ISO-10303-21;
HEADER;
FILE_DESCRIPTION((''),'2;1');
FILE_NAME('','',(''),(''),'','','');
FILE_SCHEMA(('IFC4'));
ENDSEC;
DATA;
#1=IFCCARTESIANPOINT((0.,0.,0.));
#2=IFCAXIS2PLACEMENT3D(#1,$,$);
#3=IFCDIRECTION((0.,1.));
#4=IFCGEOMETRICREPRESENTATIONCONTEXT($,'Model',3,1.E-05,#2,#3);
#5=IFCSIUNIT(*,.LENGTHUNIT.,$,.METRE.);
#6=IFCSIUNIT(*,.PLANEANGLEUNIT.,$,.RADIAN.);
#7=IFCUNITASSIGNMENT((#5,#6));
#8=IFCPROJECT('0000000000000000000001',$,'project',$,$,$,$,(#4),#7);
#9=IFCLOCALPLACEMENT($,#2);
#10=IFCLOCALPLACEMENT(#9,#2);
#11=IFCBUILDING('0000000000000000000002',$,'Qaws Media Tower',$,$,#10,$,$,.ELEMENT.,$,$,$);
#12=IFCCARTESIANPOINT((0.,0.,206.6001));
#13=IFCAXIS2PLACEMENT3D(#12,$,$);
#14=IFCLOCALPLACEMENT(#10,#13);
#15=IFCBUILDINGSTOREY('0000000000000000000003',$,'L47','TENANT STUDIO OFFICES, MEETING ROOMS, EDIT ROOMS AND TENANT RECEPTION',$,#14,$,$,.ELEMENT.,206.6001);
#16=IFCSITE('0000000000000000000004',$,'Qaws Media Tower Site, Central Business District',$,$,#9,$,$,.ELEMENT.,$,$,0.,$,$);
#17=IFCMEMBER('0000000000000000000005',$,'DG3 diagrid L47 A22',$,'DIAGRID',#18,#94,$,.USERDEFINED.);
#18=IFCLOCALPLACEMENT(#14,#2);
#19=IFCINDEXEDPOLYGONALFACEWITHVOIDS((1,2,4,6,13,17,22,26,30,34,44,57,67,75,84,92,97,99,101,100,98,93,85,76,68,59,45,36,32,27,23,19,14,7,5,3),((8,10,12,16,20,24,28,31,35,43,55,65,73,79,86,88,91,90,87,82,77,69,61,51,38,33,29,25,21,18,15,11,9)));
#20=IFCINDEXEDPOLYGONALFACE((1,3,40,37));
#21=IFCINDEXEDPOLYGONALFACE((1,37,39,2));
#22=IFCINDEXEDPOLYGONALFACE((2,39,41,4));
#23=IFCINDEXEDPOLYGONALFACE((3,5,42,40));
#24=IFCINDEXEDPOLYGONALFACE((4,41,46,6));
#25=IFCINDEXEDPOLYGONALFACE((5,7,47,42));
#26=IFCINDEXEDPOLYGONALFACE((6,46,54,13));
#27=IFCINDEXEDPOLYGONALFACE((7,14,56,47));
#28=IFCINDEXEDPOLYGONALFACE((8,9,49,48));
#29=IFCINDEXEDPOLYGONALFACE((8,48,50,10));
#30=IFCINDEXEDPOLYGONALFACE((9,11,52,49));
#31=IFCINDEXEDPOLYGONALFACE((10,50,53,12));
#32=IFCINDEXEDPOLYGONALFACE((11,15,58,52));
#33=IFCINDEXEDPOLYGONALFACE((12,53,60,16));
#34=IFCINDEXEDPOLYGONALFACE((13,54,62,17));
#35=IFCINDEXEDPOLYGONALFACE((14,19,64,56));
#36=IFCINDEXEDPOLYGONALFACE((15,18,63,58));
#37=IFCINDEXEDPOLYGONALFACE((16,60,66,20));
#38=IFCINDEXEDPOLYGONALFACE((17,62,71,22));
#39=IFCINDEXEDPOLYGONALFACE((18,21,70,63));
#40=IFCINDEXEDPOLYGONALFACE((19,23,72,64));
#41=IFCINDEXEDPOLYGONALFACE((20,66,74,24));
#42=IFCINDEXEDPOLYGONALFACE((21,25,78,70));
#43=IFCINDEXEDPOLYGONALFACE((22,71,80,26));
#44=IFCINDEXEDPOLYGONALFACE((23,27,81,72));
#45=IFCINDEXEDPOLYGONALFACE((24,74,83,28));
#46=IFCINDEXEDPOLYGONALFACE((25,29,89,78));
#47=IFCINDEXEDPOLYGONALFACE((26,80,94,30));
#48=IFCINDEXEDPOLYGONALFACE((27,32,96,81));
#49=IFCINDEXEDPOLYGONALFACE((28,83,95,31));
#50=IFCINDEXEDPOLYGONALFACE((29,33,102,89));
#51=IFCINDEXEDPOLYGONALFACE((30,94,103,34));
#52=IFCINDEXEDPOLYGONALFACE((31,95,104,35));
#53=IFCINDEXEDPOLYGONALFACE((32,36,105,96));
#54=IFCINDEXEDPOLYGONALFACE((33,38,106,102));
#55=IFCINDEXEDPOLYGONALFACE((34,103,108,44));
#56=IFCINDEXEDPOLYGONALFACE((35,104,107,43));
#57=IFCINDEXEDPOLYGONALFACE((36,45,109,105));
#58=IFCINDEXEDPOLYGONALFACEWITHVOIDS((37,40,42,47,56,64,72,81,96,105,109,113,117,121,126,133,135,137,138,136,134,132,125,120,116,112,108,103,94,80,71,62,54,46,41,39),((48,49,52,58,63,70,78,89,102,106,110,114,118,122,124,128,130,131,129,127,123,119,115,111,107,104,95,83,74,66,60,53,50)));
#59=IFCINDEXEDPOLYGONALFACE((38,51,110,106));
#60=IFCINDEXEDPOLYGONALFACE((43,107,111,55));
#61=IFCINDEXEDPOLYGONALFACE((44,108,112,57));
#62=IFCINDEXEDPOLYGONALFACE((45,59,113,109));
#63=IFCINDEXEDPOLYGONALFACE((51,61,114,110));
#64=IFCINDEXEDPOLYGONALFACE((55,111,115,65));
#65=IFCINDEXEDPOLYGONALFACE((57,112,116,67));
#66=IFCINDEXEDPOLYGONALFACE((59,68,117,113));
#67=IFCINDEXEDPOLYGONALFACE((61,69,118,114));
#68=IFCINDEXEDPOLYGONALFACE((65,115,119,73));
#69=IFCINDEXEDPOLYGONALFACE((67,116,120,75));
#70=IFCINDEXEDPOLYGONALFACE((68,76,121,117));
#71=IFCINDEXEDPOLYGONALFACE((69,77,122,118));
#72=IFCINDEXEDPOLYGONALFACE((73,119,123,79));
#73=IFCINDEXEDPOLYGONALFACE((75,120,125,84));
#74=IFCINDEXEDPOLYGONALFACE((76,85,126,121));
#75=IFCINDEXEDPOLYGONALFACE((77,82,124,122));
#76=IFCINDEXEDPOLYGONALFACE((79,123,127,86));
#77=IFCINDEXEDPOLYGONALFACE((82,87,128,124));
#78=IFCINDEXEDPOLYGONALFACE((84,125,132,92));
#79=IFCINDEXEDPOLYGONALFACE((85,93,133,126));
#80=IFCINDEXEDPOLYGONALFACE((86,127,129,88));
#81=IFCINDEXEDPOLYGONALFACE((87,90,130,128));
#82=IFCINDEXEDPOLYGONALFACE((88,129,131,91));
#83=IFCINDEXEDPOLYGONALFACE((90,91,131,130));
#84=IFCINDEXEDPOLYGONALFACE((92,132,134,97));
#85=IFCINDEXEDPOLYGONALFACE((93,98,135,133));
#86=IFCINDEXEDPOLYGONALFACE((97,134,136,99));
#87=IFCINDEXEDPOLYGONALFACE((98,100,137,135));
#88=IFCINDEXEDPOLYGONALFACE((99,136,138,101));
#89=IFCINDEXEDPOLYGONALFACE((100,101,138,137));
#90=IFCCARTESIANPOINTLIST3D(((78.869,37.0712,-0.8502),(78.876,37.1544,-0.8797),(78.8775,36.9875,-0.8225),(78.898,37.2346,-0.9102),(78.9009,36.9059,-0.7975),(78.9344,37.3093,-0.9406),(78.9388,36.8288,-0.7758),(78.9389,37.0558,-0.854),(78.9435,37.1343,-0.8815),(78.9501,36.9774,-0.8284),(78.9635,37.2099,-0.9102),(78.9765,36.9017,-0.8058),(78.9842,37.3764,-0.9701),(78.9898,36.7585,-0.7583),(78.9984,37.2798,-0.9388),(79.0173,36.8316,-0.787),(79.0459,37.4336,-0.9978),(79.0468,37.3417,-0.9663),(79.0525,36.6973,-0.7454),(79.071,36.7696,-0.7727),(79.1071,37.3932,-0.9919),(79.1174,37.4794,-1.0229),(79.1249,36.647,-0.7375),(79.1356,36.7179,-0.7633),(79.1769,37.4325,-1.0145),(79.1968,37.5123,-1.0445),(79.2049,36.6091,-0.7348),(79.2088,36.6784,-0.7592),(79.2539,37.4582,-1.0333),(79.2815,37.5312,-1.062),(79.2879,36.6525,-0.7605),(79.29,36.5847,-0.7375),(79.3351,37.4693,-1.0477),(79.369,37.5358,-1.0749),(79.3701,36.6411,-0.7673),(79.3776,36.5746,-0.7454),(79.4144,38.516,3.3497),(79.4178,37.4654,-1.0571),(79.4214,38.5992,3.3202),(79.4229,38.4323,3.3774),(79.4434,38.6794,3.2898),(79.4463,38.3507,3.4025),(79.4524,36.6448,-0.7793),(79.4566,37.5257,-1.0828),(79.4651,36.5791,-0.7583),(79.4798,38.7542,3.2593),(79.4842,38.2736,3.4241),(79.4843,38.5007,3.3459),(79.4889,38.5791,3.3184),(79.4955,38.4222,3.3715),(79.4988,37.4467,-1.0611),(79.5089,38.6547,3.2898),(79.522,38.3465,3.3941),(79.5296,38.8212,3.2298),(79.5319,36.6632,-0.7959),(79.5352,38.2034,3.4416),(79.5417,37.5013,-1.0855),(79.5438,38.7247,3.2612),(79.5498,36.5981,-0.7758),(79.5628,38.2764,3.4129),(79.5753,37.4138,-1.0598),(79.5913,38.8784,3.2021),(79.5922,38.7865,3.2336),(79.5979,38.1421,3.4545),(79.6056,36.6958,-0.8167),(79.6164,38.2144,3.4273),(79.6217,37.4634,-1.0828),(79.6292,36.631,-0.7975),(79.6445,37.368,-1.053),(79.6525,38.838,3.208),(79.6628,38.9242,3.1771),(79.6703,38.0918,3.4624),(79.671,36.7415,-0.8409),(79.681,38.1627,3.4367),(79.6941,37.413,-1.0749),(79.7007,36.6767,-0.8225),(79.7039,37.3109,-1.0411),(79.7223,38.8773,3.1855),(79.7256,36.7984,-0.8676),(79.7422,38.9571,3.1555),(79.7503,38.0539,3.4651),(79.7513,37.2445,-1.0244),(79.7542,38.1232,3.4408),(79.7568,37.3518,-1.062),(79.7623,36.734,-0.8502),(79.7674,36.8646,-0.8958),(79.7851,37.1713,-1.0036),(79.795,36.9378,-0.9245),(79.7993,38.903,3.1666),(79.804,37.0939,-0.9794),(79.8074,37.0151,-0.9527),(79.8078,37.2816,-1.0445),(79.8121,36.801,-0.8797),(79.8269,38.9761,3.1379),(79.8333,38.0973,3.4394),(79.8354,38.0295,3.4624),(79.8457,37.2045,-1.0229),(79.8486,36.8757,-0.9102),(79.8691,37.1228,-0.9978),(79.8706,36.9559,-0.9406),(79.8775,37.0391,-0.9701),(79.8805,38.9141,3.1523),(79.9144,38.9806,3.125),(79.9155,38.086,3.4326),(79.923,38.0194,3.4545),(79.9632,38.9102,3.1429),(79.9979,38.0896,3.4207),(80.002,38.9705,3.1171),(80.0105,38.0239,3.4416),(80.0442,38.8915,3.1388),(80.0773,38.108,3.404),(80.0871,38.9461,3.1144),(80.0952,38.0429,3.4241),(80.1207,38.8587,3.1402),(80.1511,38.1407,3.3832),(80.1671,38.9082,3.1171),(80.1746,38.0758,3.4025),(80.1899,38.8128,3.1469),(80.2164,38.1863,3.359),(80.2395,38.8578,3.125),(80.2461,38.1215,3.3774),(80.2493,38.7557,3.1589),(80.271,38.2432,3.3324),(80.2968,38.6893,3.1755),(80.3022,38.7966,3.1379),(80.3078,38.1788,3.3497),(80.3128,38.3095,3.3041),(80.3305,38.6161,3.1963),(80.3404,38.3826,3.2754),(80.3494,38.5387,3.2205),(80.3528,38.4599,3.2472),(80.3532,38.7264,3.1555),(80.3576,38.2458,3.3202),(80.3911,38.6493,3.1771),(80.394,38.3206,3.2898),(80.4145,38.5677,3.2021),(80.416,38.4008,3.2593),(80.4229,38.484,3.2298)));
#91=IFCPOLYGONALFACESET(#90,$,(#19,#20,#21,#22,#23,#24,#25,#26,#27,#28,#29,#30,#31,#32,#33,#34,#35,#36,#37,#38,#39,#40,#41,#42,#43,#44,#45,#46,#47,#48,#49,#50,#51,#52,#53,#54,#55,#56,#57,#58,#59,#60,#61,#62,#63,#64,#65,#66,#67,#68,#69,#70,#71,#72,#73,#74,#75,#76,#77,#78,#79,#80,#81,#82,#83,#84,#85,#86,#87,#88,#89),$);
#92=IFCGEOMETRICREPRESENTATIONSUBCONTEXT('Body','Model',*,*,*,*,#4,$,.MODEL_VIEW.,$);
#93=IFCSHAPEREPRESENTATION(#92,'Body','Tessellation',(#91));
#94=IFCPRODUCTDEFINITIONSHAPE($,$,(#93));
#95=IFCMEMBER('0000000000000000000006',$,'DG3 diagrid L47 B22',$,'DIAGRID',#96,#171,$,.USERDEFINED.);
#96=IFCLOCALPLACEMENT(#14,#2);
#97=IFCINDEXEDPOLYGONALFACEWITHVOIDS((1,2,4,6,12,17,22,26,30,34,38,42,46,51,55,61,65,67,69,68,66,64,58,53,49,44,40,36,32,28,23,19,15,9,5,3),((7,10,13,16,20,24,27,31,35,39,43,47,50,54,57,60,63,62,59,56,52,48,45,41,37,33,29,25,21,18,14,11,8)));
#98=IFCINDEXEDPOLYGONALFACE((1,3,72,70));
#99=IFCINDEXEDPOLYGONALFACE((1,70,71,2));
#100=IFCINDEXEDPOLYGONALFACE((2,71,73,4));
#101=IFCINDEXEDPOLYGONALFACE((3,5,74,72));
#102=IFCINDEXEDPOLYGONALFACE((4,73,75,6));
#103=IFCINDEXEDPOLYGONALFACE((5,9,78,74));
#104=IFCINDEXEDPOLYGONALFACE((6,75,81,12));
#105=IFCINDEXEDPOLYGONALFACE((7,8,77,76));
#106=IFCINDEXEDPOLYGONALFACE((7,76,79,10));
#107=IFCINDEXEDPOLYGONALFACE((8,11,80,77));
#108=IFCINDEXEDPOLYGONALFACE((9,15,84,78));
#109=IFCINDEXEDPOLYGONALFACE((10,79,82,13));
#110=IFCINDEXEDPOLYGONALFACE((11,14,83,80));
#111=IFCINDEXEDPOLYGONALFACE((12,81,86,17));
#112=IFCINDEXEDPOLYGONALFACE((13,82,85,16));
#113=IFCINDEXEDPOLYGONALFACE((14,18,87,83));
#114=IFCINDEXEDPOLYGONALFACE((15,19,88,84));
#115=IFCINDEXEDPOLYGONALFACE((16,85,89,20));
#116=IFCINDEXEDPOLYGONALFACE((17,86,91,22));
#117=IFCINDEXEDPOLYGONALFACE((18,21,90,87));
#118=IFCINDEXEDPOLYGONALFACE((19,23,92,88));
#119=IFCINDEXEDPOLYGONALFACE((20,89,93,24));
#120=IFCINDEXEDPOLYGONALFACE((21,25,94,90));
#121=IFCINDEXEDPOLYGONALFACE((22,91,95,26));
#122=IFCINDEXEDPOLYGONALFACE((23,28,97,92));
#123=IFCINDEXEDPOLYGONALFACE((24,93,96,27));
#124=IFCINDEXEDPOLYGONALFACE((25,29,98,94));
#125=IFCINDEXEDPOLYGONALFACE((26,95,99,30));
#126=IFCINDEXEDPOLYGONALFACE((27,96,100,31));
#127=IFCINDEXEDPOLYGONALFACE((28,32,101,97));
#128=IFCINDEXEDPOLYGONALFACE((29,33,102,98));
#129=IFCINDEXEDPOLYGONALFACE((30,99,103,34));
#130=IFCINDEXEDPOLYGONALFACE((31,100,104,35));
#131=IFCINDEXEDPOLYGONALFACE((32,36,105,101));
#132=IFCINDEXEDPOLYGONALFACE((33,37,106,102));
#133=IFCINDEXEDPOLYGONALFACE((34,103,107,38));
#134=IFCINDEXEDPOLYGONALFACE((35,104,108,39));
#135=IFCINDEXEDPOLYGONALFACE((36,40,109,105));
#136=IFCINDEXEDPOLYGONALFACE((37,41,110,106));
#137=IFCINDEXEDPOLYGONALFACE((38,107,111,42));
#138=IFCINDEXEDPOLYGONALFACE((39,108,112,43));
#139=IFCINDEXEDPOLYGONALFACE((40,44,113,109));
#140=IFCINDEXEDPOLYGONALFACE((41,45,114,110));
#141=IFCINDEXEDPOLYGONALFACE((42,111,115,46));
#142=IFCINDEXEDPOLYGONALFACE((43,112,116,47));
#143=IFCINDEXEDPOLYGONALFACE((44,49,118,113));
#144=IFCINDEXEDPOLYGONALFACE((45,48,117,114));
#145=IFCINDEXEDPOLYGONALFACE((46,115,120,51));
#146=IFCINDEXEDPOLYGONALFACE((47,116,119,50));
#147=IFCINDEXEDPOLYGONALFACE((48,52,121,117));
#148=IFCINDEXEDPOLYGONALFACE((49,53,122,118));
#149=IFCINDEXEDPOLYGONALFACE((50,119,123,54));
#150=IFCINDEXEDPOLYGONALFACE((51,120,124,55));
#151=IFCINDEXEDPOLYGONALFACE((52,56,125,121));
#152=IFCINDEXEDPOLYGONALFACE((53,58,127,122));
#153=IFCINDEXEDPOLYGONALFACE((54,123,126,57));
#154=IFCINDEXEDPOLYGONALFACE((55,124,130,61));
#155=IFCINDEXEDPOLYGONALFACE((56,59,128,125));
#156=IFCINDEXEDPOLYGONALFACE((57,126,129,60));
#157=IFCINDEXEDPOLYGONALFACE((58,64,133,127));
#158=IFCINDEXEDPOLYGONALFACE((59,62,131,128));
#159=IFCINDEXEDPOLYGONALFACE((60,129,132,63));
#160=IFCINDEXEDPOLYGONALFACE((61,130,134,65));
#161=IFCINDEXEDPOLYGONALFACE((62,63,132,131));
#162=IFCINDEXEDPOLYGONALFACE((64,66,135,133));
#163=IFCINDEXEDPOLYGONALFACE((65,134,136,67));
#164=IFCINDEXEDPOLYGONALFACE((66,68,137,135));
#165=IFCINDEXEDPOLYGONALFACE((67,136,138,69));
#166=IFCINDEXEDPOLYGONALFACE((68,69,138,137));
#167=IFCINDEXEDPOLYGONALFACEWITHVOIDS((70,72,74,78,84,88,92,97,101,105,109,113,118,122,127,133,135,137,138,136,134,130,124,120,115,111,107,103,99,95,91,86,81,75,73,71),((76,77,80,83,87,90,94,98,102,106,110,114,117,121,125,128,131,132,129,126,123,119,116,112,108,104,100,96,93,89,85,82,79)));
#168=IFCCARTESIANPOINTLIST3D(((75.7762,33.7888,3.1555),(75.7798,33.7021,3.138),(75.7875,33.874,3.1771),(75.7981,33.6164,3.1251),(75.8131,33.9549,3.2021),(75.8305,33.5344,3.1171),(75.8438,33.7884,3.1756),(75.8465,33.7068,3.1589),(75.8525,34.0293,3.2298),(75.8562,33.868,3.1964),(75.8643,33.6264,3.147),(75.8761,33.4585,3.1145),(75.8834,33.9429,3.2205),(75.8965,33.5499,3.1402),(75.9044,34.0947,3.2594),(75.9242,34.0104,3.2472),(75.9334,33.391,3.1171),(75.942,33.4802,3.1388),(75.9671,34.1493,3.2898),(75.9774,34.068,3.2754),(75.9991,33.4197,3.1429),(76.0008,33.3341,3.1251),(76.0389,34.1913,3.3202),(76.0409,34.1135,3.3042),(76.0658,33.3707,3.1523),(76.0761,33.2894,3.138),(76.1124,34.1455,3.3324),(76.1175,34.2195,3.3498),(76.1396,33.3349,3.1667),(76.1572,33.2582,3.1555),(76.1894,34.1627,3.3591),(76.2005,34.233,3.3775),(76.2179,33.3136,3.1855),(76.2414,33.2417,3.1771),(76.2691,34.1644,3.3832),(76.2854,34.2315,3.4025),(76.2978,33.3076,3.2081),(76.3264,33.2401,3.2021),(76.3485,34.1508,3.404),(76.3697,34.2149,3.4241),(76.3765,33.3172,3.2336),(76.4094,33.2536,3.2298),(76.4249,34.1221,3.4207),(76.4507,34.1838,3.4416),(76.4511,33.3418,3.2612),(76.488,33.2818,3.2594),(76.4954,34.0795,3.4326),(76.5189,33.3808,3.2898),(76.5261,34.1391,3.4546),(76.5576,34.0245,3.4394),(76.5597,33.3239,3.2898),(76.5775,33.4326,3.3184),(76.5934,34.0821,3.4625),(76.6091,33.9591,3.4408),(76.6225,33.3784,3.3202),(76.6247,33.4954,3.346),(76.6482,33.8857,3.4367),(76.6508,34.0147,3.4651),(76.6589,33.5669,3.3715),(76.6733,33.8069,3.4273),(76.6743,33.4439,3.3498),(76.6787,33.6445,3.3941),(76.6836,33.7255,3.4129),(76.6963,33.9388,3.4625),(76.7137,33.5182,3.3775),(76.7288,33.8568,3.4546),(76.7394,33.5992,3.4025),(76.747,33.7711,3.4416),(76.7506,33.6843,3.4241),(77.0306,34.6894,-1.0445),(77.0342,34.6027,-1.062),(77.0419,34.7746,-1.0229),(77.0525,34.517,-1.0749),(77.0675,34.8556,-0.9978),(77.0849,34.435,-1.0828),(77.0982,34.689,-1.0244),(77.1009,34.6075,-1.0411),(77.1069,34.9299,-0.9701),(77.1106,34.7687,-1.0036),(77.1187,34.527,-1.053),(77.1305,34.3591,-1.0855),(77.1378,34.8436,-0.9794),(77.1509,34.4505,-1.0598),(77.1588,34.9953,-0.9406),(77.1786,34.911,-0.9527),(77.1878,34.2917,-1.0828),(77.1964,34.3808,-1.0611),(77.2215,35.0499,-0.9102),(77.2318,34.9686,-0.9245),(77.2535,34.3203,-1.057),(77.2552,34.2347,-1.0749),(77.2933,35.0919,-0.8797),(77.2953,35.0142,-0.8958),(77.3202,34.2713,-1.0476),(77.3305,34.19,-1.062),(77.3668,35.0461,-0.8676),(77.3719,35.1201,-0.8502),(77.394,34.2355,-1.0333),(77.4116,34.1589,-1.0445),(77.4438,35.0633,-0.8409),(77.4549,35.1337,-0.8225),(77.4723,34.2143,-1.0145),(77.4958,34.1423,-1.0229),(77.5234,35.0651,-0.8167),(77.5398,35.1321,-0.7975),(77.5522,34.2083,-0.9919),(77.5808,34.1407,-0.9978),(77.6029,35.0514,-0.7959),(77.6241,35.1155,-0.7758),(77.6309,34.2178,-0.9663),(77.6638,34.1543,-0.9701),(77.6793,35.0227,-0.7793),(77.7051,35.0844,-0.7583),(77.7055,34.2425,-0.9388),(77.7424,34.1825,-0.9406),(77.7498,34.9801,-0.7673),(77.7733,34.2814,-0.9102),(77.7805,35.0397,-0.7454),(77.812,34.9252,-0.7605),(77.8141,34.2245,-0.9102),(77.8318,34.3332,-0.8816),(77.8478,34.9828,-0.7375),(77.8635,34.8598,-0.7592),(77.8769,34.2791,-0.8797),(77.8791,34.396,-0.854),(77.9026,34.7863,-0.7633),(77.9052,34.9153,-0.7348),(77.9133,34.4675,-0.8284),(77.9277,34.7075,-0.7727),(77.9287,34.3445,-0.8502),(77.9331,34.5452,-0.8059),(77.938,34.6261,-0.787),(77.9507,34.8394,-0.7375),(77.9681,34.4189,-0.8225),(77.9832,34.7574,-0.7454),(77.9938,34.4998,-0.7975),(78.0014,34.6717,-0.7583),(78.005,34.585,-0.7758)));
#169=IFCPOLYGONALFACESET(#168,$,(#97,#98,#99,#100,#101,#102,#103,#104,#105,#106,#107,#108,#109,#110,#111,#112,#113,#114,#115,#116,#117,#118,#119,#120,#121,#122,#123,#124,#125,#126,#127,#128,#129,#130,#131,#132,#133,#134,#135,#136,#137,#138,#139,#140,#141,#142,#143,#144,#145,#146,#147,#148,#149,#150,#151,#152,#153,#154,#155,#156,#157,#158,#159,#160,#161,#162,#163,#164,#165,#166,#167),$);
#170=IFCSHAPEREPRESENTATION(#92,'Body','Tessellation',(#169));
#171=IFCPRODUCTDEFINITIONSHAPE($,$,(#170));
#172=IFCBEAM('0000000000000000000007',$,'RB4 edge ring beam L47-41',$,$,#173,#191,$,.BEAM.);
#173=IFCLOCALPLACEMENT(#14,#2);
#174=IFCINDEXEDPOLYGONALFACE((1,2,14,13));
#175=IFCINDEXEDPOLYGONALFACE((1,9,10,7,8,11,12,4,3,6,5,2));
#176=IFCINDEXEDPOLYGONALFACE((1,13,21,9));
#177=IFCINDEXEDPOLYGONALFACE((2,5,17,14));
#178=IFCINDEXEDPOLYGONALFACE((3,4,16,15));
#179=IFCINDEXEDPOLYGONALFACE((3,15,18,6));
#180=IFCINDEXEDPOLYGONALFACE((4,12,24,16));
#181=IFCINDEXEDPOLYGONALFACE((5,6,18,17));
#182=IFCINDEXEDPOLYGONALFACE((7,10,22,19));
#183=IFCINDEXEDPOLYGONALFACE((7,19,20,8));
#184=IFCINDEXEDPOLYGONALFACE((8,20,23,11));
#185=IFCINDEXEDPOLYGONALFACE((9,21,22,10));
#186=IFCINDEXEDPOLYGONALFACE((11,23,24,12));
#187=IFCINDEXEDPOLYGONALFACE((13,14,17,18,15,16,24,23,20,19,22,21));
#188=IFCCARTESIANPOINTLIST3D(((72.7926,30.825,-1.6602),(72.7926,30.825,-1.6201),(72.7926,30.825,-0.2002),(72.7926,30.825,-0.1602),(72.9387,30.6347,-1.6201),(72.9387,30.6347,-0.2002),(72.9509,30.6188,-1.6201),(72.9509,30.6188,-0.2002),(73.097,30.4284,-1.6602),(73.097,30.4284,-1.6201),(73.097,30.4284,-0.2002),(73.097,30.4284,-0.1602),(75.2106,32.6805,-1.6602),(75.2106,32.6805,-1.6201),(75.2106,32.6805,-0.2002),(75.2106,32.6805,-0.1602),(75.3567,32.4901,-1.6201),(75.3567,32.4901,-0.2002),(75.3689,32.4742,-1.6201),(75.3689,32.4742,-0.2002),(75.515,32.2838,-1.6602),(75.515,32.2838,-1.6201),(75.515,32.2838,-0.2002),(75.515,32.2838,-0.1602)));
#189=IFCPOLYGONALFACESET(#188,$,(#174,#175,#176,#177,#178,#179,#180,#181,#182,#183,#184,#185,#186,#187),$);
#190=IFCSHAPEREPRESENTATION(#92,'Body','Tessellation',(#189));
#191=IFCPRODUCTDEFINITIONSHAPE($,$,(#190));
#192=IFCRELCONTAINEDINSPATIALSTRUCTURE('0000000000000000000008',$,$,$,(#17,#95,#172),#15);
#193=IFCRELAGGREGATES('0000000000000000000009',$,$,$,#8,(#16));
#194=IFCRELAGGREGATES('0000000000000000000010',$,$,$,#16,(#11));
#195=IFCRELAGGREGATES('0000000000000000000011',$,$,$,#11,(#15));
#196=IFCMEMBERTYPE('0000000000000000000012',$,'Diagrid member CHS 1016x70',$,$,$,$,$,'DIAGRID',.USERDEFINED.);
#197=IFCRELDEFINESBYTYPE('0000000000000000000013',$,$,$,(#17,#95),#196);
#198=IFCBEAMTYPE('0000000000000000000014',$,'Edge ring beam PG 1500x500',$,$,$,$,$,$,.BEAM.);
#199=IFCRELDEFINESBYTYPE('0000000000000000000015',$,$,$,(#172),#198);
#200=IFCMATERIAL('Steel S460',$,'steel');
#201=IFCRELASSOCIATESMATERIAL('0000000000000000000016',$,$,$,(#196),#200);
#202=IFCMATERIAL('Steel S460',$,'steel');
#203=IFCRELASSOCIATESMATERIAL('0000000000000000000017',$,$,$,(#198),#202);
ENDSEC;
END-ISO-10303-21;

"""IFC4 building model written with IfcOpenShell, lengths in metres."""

from ifc_helpers import new_model, si_unit, direction, frame, origin, origin_2d, place, context, subcontext, project, spatial, hollow_circle, i_section, extrude, material, material_profile, profile_set, type_object, element, save


model = new_model("IFC4")

# Units and contexts
model_context = context("Model", 3, precision=1e-05, world=origin(), true_north=direction((0.0, 1.0)))
body_context = subcontext(model_context, "Body", "Model", "MODEL_VIEW")
ifc_project = project(units=[si_unit("LENGTHUNIT", "METRE"), si_unit("PLANEANGLEUNIT", "RADIAN")], contexts=[model_context])

# Site, building, storey
site_placement = place(None, origin())
site = spatial("IfcSite", under=ifc_project, at=site_placement, Name="Qaws Media Tower Site, Central Business District", CompositionType="ELEMENT", RefElevation=0.0)
building_placement = place(site_placement, origin())
building = spatial("IfcBuilding", under=site, at=building_placement, Name="Qaws Media Tower", CompositionType="ELEMENT")
storey_placement = place(building_placement, frame((0.0, 0.0, 206.6001)))
storey = spatial("IfcBuildingStorey", under=building, at=storey_placement, Name="L47", Description="TENANT STUDIO OFFICES, MEETING ROOMS, EDIT ROOMS AND TENANT RECEPTION", CompositionType="ELEMENT", Elevation=206.6001)

# Members
ifc_material_1 = material(Name="Steel S460", Category="steel")
ifc_material_profile_1 = material_profile(ifc_material_1, hollow_circle(Radius=0.5081, WallThickness=0.0701, at=origin_2d()), Name="CHS 1016x70")
ifc_profile_set_1 = profile_set([ifc_material_profile_1], Name="Steel S460")
member_type_1 = type_object("IfcMemberType", Name="Diagrid member CHS 1016x70", ElementType="DIAGRID", PredefinedType="USERDEFINED", material=ifc_profile_set_1)
for number, where, z_axis, x_axis, name in (
    (1, (79.3733, 37.0552, -0.9102), (0.121883, 0.322874, 0.938561), (-0.93556, 0.353167, 0.0), "DG3 diagrid L47 A22"),
    (2, (77.5178, 34.6372, -0.9102), (-0.280321, -0.201266, 0.938569), (0.583226, -0.81231, 0.0), "DG3 diagrid L47 B22"),
):
    element("IfcMember", number, at=place(storey_placement, frame(where, z_axis=z_axis, x_axis=x_axis)), inside=storey, type_object=member_type_1, Name=name, ObjectType="DIAGRID", PredefinedType="USERDEFINED", context=body_context, shape_type="SweptSolid", body=[
        extrude(hollow_circle(Radius=0.5081, WallThickness=0.0701, at=origin_2d()), origin(), (0.0, 0.0, 1.0), 4.4749),
    ])

# Beam
ifc_material_2 = material(Name="Steel S460", Category="steel")
ifc_material_profile_2 = material_profile(ifc_material_2, i_section(OverallWidth=0.5, OverallDepth=1.5, WebThickness=0.02, FlangeThickness=0.04, at=origin_2d()), Name="PG 1500x500")
ifc_profile_set_2 = profile_set([ifc_material_profile_2], Name="Steel S460")
beam_type = type_object("IfcBeamType", Name="Edge ring beam PG 1500x500", PredefinedType="BEAM", material=ifc_profile_set_2)
beam_1_placement = place(storey_placement, frame((72.9448, 30.6267, -0.9102), z_axis=(0.793338, 0.608781, 0.0), x_axis=(-0.608781, 0.793338, 0.0)))
element("IfcBeam", 3, at=beam_1_placement, inside=storey, type_object=beam_type, Name="RB4 edge ring beam L47-41", PredefinedType="BEAM", context=body_context, shape_type="SweptSolid", body=[
    extrude(i_section(OverallWidth=0.5, OverallDepth=1.5, WebThickness=0.02, FlangeThickness=0.04, at=origin_2d()), origin(), (0.0, 0.0, 1.0), 3.0479),
])

save(model, "model.ifc")
